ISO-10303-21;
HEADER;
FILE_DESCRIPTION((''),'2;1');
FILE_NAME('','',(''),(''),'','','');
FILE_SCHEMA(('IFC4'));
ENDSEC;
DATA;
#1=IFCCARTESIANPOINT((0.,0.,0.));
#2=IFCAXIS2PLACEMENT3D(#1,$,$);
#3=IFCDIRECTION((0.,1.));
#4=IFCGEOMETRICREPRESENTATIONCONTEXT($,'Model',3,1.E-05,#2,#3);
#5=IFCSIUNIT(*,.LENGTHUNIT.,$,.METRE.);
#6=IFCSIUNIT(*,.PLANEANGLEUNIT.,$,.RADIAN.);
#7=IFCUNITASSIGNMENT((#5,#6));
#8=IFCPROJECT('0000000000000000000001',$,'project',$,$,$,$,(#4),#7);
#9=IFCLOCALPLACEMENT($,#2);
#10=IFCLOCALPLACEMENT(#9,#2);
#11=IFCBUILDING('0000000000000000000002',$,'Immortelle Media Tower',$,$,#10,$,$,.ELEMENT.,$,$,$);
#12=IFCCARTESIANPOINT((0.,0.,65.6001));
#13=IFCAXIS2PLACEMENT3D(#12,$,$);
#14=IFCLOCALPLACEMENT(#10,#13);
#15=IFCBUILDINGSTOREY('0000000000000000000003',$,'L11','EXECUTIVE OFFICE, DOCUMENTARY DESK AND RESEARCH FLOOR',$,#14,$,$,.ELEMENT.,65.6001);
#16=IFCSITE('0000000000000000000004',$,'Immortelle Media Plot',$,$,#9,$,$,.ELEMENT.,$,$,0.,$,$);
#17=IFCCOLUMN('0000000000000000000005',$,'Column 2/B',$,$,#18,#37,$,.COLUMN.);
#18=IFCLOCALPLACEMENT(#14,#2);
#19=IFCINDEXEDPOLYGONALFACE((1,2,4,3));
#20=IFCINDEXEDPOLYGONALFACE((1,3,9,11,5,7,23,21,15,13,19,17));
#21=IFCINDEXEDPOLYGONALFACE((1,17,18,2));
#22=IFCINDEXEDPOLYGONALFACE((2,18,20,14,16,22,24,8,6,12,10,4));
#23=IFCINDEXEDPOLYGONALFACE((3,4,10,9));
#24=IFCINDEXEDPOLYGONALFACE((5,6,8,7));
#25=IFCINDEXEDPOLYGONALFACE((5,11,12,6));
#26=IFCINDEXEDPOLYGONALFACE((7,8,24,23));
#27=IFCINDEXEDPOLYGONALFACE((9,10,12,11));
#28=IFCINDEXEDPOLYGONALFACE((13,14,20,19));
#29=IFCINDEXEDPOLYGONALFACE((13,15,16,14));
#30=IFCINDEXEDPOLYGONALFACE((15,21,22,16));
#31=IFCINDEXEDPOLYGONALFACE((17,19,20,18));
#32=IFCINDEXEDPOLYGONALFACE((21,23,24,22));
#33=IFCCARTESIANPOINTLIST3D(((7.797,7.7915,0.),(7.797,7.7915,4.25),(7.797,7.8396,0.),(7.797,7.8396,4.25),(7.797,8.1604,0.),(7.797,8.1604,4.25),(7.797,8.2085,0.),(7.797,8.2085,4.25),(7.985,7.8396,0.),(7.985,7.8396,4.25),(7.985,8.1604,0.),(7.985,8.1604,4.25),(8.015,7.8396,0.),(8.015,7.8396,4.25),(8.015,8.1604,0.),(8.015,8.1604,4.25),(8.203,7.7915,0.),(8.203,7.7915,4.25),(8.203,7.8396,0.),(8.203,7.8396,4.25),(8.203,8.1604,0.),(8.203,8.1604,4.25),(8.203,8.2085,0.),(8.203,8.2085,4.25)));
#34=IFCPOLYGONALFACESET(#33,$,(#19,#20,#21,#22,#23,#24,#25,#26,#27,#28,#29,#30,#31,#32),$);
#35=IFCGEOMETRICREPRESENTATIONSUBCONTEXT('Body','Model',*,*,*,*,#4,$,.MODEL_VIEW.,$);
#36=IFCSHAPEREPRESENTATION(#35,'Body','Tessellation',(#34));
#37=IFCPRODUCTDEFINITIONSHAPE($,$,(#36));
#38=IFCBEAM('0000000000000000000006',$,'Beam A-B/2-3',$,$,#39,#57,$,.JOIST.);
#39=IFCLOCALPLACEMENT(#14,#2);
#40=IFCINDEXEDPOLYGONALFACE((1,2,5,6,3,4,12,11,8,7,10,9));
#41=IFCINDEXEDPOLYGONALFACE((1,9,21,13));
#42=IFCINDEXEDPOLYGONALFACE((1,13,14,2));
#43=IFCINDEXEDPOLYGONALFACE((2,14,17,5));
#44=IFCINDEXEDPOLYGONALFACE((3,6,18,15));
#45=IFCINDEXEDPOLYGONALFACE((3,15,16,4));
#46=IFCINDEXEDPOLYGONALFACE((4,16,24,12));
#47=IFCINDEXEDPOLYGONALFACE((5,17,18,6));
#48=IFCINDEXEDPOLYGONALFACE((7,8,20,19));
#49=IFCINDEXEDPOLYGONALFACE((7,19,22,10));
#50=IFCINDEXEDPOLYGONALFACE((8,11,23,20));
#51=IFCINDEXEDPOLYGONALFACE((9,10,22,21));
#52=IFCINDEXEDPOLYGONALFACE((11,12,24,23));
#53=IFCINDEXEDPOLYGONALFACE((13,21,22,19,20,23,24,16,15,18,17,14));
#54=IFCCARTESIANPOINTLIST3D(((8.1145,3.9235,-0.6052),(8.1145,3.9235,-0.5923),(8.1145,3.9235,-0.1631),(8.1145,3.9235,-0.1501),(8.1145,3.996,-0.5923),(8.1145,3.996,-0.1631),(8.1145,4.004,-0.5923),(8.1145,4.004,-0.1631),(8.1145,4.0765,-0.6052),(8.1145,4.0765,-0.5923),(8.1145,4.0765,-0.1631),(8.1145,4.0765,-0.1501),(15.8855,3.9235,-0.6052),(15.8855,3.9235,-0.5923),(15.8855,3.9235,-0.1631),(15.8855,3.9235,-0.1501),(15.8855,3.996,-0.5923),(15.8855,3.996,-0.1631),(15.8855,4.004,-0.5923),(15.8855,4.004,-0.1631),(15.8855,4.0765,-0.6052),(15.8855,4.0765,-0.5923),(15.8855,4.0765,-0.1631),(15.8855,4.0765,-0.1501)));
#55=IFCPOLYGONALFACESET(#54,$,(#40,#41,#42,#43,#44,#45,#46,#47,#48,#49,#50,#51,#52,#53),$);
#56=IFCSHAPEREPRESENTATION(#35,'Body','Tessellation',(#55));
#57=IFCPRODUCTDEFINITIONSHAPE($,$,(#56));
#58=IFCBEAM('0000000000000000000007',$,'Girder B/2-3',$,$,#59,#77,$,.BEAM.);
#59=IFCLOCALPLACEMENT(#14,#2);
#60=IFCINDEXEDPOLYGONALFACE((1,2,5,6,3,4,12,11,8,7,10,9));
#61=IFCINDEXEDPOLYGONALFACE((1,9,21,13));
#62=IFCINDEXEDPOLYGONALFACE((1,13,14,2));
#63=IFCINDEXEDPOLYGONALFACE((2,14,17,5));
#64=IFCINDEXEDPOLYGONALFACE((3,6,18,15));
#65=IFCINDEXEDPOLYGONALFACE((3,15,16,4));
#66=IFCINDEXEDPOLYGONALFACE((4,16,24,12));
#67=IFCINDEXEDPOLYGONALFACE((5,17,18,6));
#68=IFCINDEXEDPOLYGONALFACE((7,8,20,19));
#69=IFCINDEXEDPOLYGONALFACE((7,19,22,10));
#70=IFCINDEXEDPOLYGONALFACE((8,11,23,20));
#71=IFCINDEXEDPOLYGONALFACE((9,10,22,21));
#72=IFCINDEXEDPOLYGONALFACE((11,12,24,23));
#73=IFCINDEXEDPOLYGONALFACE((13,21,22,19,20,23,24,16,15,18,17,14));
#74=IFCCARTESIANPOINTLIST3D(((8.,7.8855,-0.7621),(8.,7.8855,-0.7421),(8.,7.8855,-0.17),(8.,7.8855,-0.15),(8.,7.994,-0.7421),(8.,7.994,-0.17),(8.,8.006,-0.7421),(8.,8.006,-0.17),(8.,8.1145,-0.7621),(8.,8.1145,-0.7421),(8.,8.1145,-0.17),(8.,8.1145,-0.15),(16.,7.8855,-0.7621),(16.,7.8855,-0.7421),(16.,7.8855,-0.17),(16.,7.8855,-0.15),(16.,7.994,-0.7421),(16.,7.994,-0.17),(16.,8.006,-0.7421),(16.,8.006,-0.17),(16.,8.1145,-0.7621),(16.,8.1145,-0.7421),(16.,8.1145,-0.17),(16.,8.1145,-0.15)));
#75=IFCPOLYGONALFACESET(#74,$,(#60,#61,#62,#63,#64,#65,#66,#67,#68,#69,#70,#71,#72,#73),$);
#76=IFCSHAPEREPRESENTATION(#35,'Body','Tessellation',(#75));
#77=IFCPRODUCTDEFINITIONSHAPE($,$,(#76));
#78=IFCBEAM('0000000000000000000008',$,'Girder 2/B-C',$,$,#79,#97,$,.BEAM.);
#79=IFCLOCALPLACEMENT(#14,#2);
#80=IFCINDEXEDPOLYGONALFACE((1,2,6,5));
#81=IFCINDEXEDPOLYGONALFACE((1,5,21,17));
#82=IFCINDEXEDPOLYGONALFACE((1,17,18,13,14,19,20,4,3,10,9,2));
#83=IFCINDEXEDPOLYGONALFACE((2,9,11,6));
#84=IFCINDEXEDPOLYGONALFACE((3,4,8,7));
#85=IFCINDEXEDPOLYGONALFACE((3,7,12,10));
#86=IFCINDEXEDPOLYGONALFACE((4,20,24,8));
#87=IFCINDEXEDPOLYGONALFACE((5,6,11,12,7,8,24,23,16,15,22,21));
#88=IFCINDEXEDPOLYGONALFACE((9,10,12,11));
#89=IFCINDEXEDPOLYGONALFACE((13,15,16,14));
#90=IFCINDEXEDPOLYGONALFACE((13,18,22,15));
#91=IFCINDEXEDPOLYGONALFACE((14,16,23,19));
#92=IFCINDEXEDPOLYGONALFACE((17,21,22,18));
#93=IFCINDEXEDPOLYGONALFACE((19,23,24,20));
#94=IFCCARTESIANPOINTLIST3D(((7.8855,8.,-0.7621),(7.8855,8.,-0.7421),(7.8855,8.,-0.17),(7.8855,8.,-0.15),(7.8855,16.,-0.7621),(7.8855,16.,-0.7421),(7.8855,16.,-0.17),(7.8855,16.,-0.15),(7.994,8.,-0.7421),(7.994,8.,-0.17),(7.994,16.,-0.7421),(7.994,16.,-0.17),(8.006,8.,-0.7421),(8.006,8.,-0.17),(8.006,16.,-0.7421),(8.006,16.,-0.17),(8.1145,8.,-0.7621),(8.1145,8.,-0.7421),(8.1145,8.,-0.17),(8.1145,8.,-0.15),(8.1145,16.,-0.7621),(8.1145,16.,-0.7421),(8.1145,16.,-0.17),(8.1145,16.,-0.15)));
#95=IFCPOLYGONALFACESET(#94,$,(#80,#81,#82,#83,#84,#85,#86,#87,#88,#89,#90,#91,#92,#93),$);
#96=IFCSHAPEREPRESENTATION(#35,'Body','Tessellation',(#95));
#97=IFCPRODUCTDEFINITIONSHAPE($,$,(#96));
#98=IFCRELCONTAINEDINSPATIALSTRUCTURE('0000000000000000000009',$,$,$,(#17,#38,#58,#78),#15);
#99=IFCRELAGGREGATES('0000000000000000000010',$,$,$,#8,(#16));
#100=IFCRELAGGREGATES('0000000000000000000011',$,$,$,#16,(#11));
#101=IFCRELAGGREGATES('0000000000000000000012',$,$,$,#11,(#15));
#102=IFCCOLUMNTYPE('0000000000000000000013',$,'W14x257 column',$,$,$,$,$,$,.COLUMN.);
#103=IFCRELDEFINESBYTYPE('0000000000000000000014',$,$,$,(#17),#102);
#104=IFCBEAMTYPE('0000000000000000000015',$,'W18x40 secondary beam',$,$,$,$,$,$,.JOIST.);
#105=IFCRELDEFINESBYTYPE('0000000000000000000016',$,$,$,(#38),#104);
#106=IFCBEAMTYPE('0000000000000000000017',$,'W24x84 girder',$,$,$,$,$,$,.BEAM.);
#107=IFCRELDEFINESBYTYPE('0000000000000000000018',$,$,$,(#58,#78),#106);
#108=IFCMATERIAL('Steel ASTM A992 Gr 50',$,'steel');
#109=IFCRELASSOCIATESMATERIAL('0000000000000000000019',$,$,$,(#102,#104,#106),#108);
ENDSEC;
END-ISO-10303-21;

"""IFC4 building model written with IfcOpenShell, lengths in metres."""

from ifc_helpers import new_model, si_unit, direction, frame, origin, origin_2d, place, context, subcontext, project, spatial, i_section, extrude, material, material_profile, profile_set, type_object, element, save


model = new_model("IFC4")

# Units and contexts
model_context = context("Model", 3, precision=1e-05, world=origin(), true_north=direction((0.0, 1.0)))
body_context = subcontext(model_context, "Body", "Model", "MODEL_VIEW")
ifc_project = project(units=[si_unit("LENGTHUNIT", "METRE"), si_unit("PLANEANGLEUNIT", "RADIAN")], contexts=[model_context])

# Site, building, storey
site_placement = place(None, origin())
site = spatial("IfcSite", under=ifc_project, at=site_placement, Name="Immortelle Media Plot", CompositionType="ELEMENT", RefElevation=0.0)
building_placement = place(site_placement, origin())
building = spatial("IfcBuilding", under=site, at=building_placement, Name="Immortelle Media Tower", CompositionType="ELEMENT")
storey_placement = place(building_placement, frame((0.0, 0.0, 65.6001)))
storey = spatial("IfcBuildingStorey", under=building, at=storey_placement, Name="L11", Description="EXECUTIVE OFFICE, DOCUMENTARY DESK AND RESEARCH FLOOR", CompositionType="ELEMENT", Elevation=65.6001)

# Column
ifc_material_1 = material(Name="Steel ASTM A992 Gr 50", Category="steel")
ifc_material_profile_1 = material_profile(ifc_material_1, i_section(OverallWidth=0.406, OverallDepth=0.417, WebThickness=0.03, FlangeThickness=0.0481, at=origin_2d()), Name="W14x257")
ifc_profile_set_1 = profile_set([ifc_material_profile_1], Name="Steel ASTM A992 Gr 50")
column_type = type_object("IfcColumnType", Name="W14x257 column", PredefinedType="COLUMN", material=ifc_profile_set_1)
column_placement = place(storey_placement, frame((8.0, 8.0, 0.0), z_axis=(0.0, 0.0, 1.0), x_axis=(1.0, 0.0, 0.0)))
element("IfcColumn", 1, at=column_placement, inside=storey, type_object=column_type, Name="Column 2/B", PredefinedType="COLUMN", context=body_context, shape_type="SweptSolid", body=[
    extrude(i_section(OverallWidth=0.406, OverallDepth=0.417, WebThickness=0.03, FlangeThickness=0.0481, at=origin_2d()), origin(), (0.0, 0.0, 1.0), 4.25),
])

# Beams
ifc_material_profile_2 = material_profile(ifc_material_1, i_section(OverallWidth=0.1531, OverallDepth=0.4551, WebThickness=0.0081, FlangeThickness=0.0129, at=origin_2d()), Name="W18x40")
ifc_profile_set_2 = profile_set([ifc_material_profile_2], Name="Steel ASTM A992 Gr 50")
beam_type_1 = type_object("IfcBeamType", Name="W18x40 secondary beam", PredefinedType="JOIST", material=ifc_profile_set_2)
beam_placement = place(storey_placement, frame((8.1145, 4.0, -0.3777), z_axis=(1.0, 0.0, 0.0), x_axis=(0.0, 1.0, 0.0)))
element("IfcBeam", 2, at=beam_placement, inside=storey, type_object=beam_type_1, Name="Beam A-B/2-3", PredefinedType="JOIST", context=body_context, shape_type="SweptSolid", body=[
    extrude(i_section(OverallWidth=0.1531, OverallDepth=0.4551, WebThickness=0.0081, FlangeThickness=0.0129, at=origin_2d()), origin(), (0.0, 0.0, 1.0), 7.771),
])
ifc_material_profile_3 = material_profile(ifc_material_1, i_section(OverallWidth=0.229, OverallDepth=0.6121, WebThickness=0.012, FlangeThickness=0.02, at=origin_2d()), Name="W24x84")
ifc_profile_set_3 = profile_set([ifc_material_profile_3], Name="Steel ASTM A992 Gr 50")
beam_type_2 = type_object("IfcBeamType", Name="W24x84 girder", PredefinedType="BEAM", material=ifc_profile_set_3)
for number, where, z_axis, x_axis, name in (
    (3, (8.0, 8.0, -0.4561), (1.0, 0.0, 0.0), (0.0, 1.0, 0.0), "Girder B/2-3"),
    (4, (8.0, 8.0, -0.4561), (0.0, 1.0, 0.0), (-1.0, 0.0, 0.0), "Girder 2/B-C"),
):
    element("IfcBeam", number, at=place(storey_placement, frame(where, z_axis=z_axis, x_axis=x_axis)), inside=storey, type_object=beam_type_2, Name=name, PredefinedType="BEAM", context=body_context, shape_type="SweptSolid", body=[
        extrude(i_section(OverallWidth=0.229, OverallDepth=0.6121, WebThickness=0.012, FlangeThickness=0.02, at=origin_2d()), origin(), (0.0, 0.0, 1.0), 8.0),
    ])

save(model, "model.ifc")
